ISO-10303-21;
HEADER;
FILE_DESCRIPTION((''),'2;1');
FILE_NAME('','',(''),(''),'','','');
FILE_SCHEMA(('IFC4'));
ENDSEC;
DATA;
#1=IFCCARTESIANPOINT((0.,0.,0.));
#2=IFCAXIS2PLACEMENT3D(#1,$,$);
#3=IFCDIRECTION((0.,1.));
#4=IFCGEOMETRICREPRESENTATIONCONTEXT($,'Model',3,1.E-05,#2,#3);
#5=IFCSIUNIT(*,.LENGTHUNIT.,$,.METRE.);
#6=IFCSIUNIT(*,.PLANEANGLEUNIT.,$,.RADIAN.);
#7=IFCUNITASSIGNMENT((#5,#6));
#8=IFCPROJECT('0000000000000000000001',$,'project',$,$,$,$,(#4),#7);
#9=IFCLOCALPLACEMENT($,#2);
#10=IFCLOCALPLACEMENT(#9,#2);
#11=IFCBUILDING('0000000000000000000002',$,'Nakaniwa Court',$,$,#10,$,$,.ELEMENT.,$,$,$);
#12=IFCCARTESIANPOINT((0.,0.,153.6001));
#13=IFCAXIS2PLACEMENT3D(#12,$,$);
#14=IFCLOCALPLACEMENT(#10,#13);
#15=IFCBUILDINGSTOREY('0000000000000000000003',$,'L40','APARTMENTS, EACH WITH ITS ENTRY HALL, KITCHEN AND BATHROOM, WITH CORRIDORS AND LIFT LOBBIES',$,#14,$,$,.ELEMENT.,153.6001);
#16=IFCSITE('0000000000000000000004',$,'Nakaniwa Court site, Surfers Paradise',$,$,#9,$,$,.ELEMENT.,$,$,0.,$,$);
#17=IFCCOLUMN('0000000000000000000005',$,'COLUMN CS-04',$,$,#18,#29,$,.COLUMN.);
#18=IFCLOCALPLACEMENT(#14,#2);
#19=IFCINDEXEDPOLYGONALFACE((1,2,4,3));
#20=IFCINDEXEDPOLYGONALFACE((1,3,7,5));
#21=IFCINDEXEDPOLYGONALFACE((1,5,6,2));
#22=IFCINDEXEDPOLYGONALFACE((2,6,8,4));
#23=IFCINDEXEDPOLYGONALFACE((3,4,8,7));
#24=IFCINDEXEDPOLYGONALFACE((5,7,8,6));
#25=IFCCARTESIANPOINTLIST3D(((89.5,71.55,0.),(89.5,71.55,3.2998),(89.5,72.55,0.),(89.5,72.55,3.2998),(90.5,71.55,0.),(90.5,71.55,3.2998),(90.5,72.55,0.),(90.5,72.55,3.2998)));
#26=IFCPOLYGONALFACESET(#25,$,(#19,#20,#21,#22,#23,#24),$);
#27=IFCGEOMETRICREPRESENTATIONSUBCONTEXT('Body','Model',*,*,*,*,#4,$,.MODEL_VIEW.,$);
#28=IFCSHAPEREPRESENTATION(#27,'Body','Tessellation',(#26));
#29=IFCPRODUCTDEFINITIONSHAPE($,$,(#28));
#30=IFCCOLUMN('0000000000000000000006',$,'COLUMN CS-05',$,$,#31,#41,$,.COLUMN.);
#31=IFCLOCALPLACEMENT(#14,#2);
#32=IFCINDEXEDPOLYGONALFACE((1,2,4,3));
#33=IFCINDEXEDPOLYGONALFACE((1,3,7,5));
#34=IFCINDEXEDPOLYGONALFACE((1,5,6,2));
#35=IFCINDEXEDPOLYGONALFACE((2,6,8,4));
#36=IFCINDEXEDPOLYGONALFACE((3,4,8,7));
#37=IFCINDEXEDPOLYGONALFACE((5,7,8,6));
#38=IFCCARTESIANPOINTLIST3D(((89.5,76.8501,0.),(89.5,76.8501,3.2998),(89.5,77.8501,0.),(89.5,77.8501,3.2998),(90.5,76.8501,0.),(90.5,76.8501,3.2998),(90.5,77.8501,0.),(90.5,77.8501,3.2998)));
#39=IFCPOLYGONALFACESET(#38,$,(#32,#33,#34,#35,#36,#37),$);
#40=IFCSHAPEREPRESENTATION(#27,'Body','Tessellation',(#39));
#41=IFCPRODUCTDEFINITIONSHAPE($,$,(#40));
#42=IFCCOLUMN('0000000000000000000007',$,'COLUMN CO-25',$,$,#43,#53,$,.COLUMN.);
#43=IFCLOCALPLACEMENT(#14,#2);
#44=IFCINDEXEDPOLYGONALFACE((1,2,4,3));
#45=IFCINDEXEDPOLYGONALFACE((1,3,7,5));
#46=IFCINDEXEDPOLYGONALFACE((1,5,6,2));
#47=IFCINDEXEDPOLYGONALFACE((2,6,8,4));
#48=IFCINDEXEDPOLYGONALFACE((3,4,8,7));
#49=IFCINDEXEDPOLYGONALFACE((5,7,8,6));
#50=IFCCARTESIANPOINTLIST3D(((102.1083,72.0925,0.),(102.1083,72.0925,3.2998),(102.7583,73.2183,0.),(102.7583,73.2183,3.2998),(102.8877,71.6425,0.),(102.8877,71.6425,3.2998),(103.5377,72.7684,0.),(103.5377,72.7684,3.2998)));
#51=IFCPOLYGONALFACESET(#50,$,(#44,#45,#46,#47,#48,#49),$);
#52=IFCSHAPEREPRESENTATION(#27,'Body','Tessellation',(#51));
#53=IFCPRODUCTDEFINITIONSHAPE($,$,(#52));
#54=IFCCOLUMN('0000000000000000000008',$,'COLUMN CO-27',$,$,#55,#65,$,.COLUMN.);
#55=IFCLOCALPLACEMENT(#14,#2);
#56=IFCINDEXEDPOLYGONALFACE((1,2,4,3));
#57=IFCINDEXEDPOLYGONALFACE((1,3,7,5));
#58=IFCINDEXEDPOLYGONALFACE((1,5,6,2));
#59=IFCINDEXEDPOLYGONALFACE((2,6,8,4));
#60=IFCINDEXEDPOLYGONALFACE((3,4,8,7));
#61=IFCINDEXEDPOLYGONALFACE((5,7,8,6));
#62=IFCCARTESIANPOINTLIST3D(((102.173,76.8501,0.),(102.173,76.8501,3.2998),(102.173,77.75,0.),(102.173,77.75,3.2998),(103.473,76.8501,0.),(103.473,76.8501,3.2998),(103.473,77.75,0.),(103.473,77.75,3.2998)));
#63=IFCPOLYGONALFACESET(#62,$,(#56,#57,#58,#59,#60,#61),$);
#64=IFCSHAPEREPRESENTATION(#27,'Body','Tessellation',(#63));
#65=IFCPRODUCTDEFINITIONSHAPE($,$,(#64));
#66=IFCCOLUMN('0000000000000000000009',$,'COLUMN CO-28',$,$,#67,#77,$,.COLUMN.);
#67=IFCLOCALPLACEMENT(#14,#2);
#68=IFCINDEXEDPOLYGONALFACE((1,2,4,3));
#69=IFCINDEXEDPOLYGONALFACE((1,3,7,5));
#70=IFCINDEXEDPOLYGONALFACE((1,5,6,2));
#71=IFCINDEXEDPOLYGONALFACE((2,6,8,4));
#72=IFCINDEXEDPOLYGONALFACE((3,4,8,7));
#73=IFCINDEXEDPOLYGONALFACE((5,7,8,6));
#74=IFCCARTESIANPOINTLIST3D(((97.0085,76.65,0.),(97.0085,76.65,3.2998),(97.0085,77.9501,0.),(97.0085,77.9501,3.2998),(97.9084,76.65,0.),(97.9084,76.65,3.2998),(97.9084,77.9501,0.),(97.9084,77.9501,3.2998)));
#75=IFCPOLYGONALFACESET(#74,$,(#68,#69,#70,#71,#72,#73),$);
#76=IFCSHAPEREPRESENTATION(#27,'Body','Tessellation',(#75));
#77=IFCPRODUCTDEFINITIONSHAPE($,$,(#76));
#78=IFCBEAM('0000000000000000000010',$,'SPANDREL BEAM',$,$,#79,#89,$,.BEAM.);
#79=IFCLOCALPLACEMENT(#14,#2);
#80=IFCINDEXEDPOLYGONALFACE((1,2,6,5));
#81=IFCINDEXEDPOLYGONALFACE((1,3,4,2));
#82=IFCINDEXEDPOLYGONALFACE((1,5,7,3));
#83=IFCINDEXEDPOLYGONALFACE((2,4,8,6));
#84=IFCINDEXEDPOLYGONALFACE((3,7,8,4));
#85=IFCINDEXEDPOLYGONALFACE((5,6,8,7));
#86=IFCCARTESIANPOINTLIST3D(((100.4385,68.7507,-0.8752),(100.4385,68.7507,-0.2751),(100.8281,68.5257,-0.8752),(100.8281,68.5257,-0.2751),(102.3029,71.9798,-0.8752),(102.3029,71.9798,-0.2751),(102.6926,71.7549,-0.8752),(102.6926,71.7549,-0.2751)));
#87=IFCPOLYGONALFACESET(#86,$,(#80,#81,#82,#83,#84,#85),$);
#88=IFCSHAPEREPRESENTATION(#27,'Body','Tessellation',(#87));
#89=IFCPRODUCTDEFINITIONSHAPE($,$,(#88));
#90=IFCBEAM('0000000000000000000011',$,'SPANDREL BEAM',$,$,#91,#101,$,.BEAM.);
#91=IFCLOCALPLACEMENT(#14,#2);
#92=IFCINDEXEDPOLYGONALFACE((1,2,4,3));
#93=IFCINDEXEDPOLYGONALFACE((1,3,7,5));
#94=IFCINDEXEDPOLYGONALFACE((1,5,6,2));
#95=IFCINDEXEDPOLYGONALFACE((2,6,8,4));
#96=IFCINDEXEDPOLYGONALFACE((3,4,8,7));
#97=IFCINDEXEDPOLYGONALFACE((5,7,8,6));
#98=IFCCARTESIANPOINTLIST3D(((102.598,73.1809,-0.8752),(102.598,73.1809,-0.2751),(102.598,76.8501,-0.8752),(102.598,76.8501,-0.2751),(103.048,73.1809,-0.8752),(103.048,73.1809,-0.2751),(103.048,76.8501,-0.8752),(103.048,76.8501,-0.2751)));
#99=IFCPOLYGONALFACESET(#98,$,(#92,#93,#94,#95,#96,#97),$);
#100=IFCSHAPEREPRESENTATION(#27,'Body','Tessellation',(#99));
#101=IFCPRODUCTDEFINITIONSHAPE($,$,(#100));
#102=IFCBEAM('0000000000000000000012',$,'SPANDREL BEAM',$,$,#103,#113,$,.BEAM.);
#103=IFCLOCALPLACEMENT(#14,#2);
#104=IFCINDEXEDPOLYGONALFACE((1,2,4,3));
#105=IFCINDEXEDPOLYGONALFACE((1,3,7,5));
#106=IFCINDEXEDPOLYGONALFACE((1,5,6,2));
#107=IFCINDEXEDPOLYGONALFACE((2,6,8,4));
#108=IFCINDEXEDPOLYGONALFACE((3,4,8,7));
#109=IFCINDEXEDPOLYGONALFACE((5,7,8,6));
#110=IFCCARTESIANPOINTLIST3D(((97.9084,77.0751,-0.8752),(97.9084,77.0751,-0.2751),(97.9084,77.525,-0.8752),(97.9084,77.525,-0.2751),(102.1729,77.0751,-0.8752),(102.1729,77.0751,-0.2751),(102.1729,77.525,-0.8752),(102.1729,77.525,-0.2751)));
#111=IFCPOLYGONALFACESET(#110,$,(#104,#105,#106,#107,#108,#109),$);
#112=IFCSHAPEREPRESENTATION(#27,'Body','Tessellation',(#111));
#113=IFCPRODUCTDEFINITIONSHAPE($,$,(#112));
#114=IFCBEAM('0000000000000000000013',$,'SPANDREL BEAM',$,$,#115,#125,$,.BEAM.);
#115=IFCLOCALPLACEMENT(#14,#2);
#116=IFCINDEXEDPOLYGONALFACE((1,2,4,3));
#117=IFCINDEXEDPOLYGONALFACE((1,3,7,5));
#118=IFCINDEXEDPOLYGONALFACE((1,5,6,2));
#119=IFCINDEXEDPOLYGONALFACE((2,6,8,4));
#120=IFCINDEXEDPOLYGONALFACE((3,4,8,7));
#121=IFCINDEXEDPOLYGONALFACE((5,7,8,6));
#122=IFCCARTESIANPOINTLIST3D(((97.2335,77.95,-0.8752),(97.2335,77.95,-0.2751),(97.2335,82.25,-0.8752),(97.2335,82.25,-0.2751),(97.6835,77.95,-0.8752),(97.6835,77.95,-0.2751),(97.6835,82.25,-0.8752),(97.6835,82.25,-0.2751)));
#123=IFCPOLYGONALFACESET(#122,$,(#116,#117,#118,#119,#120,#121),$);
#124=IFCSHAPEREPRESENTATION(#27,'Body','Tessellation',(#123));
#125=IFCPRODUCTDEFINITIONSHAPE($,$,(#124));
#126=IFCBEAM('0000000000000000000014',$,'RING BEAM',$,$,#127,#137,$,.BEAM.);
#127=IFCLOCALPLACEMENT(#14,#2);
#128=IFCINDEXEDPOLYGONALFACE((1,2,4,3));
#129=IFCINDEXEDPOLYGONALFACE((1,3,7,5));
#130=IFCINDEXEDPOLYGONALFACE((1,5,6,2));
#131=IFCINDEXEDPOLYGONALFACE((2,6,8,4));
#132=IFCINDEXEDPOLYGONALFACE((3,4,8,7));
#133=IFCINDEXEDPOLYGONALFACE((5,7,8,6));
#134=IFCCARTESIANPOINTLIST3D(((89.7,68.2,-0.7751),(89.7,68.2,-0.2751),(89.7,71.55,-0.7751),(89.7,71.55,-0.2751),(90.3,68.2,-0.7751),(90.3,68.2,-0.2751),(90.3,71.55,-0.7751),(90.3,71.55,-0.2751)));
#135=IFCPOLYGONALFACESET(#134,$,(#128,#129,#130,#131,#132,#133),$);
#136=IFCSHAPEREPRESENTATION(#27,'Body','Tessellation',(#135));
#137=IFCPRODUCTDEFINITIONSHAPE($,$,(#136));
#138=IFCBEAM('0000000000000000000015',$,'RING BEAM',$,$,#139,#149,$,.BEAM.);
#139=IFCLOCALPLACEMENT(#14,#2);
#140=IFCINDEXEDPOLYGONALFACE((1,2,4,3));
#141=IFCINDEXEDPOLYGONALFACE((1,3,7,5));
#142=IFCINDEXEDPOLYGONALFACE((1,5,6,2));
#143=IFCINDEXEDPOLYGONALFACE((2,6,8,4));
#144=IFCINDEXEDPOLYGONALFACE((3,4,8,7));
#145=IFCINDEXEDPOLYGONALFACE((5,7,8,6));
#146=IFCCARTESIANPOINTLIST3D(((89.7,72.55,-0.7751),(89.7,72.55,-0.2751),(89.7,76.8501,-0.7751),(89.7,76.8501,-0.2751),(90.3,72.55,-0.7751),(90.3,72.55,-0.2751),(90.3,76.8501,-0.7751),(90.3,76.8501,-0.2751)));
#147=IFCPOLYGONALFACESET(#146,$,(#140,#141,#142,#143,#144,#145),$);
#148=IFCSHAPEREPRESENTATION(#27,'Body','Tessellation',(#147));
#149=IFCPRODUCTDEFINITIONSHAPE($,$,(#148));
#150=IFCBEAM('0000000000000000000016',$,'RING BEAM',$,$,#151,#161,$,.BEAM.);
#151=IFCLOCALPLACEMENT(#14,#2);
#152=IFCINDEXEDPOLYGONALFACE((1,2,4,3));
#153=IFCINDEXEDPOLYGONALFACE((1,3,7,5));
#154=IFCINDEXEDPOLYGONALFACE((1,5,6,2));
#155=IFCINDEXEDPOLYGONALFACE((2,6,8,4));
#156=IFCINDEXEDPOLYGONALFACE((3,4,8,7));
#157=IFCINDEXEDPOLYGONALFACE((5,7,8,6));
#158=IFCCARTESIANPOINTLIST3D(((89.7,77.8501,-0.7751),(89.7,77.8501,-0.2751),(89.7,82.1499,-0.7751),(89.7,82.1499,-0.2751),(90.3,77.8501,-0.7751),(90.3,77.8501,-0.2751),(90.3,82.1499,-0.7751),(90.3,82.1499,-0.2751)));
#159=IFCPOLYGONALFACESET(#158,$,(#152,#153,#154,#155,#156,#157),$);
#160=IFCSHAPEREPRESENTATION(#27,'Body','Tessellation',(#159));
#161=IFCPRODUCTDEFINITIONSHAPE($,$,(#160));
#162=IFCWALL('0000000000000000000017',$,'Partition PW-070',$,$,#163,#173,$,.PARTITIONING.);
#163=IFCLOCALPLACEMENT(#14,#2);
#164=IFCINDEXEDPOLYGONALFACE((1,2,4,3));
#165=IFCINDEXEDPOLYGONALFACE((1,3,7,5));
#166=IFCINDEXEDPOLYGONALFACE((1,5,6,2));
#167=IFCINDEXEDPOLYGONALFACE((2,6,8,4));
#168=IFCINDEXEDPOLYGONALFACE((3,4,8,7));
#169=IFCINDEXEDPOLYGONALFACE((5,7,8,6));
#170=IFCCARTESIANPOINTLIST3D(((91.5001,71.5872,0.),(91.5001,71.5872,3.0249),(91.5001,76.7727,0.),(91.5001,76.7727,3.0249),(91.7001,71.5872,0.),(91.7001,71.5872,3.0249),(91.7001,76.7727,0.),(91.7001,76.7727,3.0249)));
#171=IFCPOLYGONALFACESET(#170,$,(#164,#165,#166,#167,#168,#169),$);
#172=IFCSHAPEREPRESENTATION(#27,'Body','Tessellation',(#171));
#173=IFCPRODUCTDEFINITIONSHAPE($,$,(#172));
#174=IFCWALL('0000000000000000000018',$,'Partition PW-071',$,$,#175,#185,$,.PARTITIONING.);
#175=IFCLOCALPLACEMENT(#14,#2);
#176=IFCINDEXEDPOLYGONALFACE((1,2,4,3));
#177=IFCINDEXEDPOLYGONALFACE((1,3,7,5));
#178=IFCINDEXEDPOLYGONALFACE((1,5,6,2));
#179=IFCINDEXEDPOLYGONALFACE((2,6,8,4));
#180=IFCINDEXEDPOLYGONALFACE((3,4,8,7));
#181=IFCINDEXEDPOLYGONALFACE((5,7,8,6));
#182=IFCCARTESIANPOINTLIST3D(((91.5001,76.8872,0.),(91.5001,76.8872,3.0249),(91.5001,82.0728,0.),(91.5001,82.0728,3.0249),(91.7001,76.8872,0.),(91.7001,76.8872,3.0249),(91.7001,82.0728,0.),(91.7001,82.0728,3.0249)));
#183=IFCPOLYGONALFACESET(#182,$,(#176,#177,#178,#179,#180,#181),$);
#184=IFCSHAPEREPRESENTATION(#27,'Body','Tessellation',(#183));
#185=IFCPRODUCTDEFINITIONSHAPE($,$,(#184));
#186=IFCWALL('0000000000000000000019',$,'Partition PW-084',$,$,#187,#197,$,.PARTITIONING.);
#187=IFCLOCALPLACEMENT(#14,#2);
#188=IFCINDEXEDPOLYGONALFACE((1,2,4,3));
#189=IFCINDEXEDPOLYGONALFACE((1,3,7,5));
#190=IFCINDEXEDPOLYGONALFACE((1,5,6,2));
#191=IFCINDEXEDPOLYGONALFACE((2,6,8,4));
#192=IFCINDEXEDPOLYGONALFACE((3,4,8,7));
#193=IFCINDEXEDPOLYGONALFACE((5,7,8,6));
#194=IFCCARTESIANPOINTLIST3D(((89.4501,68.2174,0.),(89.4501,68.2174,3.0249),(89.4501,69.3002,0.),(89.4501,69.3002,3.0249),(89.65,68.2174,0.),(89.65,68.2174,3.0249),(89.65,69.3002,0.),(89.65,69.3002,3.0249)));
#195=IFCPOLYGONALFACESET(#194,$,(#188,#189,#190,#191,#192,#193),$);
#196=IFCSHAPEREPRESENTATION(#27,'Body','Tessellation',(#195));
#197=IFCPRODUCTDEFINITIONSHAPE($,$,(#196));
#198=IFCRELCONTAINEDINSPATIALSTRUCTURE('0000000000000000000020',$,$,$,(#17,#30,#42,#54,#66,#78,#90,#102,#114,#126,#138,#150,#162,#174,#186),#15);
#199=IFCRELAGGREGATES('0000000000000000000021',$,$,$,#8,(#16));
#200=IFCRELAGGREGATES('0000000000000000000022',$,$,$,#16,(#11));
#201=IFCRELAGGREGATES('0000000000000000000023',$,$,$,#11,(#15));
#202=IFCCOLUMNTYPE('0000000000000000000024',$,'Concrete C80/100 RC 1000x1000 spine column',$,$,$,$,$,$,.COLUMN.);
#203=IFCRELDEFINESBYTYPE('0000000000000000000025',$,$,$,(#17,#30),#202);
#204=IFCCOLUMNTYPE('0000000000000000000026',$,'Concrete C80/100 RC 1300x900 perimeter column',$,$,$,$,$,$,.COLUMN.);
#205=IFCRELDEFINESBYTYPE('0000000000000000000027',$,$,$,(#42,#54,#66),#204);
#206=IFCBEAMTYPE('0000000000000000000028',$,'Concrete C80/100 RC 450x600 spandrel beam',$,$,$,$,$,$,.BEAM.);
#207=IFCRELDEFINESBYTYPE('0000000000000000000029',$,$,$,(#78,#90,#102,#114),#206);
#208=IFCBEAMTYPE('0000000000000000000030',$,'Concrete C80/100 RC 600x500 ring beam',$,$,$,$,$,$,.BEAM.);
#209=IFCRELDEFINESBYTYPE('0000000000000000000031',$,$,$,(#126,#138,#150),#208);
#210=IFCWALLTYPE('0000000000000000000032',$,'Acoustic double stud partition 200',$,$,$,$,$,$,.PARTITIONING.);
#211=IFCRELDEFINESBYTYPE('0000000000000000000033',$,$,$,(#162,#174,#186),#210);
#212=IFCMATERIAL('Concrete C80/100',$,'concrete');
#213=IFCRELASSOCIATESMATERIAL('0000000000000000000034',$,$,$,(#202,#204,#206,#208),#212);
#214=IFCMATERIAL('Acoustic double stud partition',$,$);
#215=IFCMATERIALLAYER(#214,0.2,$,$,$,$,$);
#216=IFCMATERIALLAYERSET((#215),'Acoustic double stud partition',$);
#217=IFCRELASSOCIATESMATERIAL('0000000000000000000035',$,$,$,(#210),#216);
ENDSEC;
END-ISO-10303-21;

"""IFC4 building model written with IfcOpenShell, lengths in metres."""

from ifc_helpers import new_model, si_unit, direction, frame, frame_2d, origin, origin_2d, place, context, subcontext, project, spatial, rectangle, extrude, material, layer, layer_set, material_profile, profile_set, type_object, element, save


model = new_model("IFC4")

# Units and contexts
model_context = context("Model", 3, precision=1e-05, world=origin(), true_north=direction((0.0, 1.0)))
body_context = subcontext(model_context, "Body", "Model", "MODEL_VIEW")
ifc_project = project(units=[si_unit("LENGTHUNIT", "METRE"), si_unit("PLANEANGLEUNIT", "RADIAN")], contexts=[model_context])

# Site, building, storey
site_placement = place(None, origin())
site = spatial("IfcSite", under=ifc_project, at=site_placement, Name="Nakaniwa Court site, Surfers Paradise", CompositionType="ELEMENT", RefElevation=0.0)
building_placement = place(site_placement, origin())
building = spatial("IfcBuilding", under=site, at=building_placement, Name="Nakaniwa Court", CompositionType="ELEMENT")
storey_placement = place(building_placement, frame((0.0, 0.0, 153.6001)))
storey = spatial("IfcBuildingStorey", under=building, at=storey_placement, Name="L40", Description="APARTMENTS, EACH WITH ITS ENTRY HALL, KITCHEN AND BATHROOM, WITH CORRIDORS AND LIFT LOBBIES", CompositionType="ELEMENT", Elevation=153.6001)

# Columns
ifc_material_1 = material(Name="Concrete C80/100", Category="concrete")
ifc_material_profile_1 = material_profile(ifc_material_1, rectangle(XDim=1.0, YDim=1.0, at=origin_2d()), Name="Concrete C80/100 RC 1000x1000 spine column")
ifc_profile_set_1 = profile_set([ifc_material_profile_1], Name="Concrete C80/100")
column_type_1 = type_object("IfcColumnType", Name="Concrete C80/100 RC 1000x1000 spine column", PredefinedType="COLUMN", material=ifc_profile_set_1)
for number, where, z_axis, x_axis, name in (
    (1, (90.0, 72.05, 0.0), (0.0, 0.0, 1.0), (0.0, 1.0, 0.0), "COLUMN CS-04"),
    (2, (90.0, 77.3501, 0.0), (0.0, 0.0, 1.0), (0.0, 1.0, 0.0), "COLUMN CS-05"),
):
    element("IfcColumn", number, at=place(storey_placement, frame(where, z_axis=z_axis, x_axis=x_axis)), inside=storey, type_object=column_type_1, Name=name, PredefinedType="COLUMN", context=body_context, shape_type="SweptSolid", body=[
        extrude(rectangle(XDim=1.0, YDim=1.0, at=origin_2d()), origin(), (0.0, 0.0, 1.0), 3.2998),
    ])
ifc_material_profile_2 = material_profile(ifc_material_1, rectangle(XDim=1.3, YDim=0.8999, at=origin_2d()), Name="Concrete C80/100 RC 1300x900 perimeter column")
ifc_profile_set_2 = profile_set([ifc_material_profile_2], Name="Concrete C80/100")
column_type_2 = type_object("IfcColumnType", Name="Concrete C80/100 RC 1300x900 perimeter column", PredefinedType="COLUMN", material=ifc_profile_set_2)
for number, where, z_axis, x_axis, name in (
    (3, (102.823, 72.4304, 0.0), (0.0, 0.0, 1.0), (0.5, 0.866025, 0.0), "COLUMN CO-25"),
    (4, (102.823, 77.3, 0.0), (0.0, 0.0, 1.0), (-1.0, 0.0, 0.0), "COLUMN CO-27"),
    (5, (97.4585, 77.3, 0.0), (0.0, 0.0, 1.0), (0.0, 1.0, 0.0), "COLUMN CO-28"),
):
    element("IfcColumn", number, at=place(storey_placement, frame(where, z_axis=z_axis, x_axis=x_axis)), inside=storey, type_object=column_type_2, Name=name, PredefinedType="COLUMN", context=body_context, shape_type="SweptSolid", body=[
        extrude(rectangle(XDim=1.3, YDim=0.8999, at=origin_2d()), origin(), (0.0, 0.0, 1.0), 3.2998),
    ])

# Beams
ifc_material_profile_3 = material_profile(ifc_material_1, rectangle(XDim=0.45, YDim=0.6001, at=origin_2d()), Name="Concrete C80/100 RC 450x600 spandrel beam")
ifc_profile_set_3 = profile_set([ifc_material_profile_3], Name="Concrete C80/100")
beam_type_1 = type_object("IfcBeamType", Name="Concrete C80/100 RC 450x600 spandrel beam", PredefinedType="BEAM", material=ifc_profile_set_3)
beam_1_placement = place(storey_placement, frame((100.6333, 68.6382, -0.5752), z_axis=(0.500019, 0.866014, 0.0), x_axis=(-0.866014, 0.500019, 0.0)))
element("IfcBeam", 6, at=beam_1_placement, inside=storey, type_object=beam_type_1, Name="SPANDREL BEAM", PredefinedType="BEAM", context=body_context, shape_type="SweptSolid", body=[
    extrude(rectangle(XDim=0.45, YDim=0.6001, at=origin_2d()), origin(), (0.0, 0.0, 1.0), 3.7288),
])
beam_2_placement = place(storey_placement, frame((102.823, 73.1809, -0.5752), z_axis=(0.0, 1.0, 0.0), x_axis=(-1.0, 0.0, 0.0)))
element("IfcBeam", 7, at=beam_2_placement, inside=storey, type_object=beam_type_1, Name="SPANDREL BEAM", PredefinedType="BEAM", context=body_context, shape_type="SweptSolid", body=[
    extrude(rectangle(XDim=0.45, YDim=0.6001, at=origin_2d()), origin(), (0.0, 0.0, 1.0), 3.6692),
])
beam_3_placement = place(storey_placement, frame((102.1729, 77.3, -0.5752), z_axis=(-1.0, 0.0, 0.0), x_axis=(0.0, -1.0, 0.0)))
element("IfcBeam", 8, at=beam_3_placement, inside=storey, type_object=beam_type_1, Name="SPANDREL BEAM", PredefinedType="BEAM", context=body_context, shape_type="SweptSolid", body=[
    extrude(rectangle(XDim=0.45, YDim=0.6001, at=origin_2d()), origin(), (0.0, 0.0, 1.0), 4.2644),
])
beam_4_placement = place(storey_placement, frame((97.4585, 77.95, -0.5752), z_axis=(0.0, 1.0, 0.0), x_axis=(-1.0, 0.0, 0.0)))
element("IfcBeam", 9, at=beam_4_placement, inside=storey, type_object=beam_type_1, Name="SPANDREL BEAM", PredefinedType="BEAM", context=body_context, shape_type="SweptSolid", body=[
    extrude(rectangle(XDim=0.45, YDim=0.6001, at=origin_2d()), origin(), (0.0, 0.0, 1.0), 4.3),
])
ifc_material_profile_4 = material_profile(ifc_material_1, rectangle(XDim=0.6001, YDim=0.5, at=origin_2d()), Name="Concrete C80/100 RC 600x500 ring beam")
ifc_profile_set_4 = profile_set([ifc_material_profile_4], Name="Concrete C80/100")
beam_type_2 = type_object("IfcBeamType", Name="Concrete C80/100 RC 600x500 ring beam", PredefinedType="BEAM", material=ifc_profile_set_4)
beam_5_placement = place(storey_placement, frame((90.0, 68.2, -0.5251), z_axis=(0.0, 1.0, 0.0), x_axis=(-1.0, 0.0, 0.0)))
element("IfcBeam", 10, at=beam_5_placement, inside=storey, type_object=beam_type_2, Name="RING BEAM", PredefinedType="BEAM", context=body_context, shape_type="SweptSolid", body=[
    extrude(rectangle(XDim=0.6001, YDim=0.5, at=origin_2d()), origin(), (0.0, 0.0, 1.0), 3.3501),
])
beam_6_placement = place(storey_placement, frame((90.0, 72.55, -0.5251), z_axis=(0.0, 1.0, 0.0), x_axis=(-1.0, 0.0, 0.0)))
element("IfcBeam", 11, at=beam_6_placement, inside=storey, type_object=beam_type_2, Name="RING BEAM", PredefinedType="BEAM", context=body_context, shape_type="SweptSolid", body=[
    extrude(rectangle(XDim=0.6001, YDim=0.5, at=origin_2d()), origin(), (0.0, 0.0, 1.0), 4.3),
])
beam_7_placement = place(storey_placement, frame((90.0, 77.8501, -0.5251), z_axis=(0.0, 1.0, 0.0), x_axis=(-1.0, 0.0, 0.0)))
element("IfcBeam", 12, at=beam_7_placement, inside=storey, type_object=beam_type_2, Name="RING BEAM", PredefinedType="BEAM", context=body_context, shape_type="SweptSolid", body=[
    extrude(rectangle(XDim=0.6001, YDim=0.5, at=origin_2d()), origin(), (0.0, 0.0, 1.0), 4.2998),
])

# Walls
ifc_material_2 = material(Name="Acoustic double stud partition")
ifc_layer_1 = layer(ifc_material_2, 0.2)
ifc_layer_set_1 = layer_set([ifc_layer_1], Name="Acoustic double stud partition")
wall_type_1 = type_object("IfcWallType", Name="Acoustic double stud partition 200", PredefinedType="PARTITIONING", material=ifc_layer_set_1)
for number, where, z_axis, x_axis, name in (
    (13, (91.6001, 71.5872, 0.0), (0.0, 0.0, 1.0), (0.0, 1.0, 0.0), "Partition PW-070"),
    (14, (91.6001, 76.8872, 0.0), (0.0, 0.0, 1.0), (0.0, 1.0, 0.0), "Partition PW-071"),
):
    element("IfcWall", number, at=place(storey_placement, frame(where, z_axis=z_axis, x_axis=x_axis)), inside=storey, type_object=wall_type_1, Name=name, PredefinedType="PARTITIONING", context=body_context, shape_type="SweptSolid", body=[
        extrude(rectangle(XDim=5.1855, YDim=0.2, at=frame_2d((2.5928, 0.0))), origin(), (0.0, 0.0, 1.0), 3.0249),
    ])
wall_1_placement = place(storey_placement, frame((89.55, 68.2173, 0.0), z_axis=(0.0, 0.0, 1.0), x_axis=(0.0, 1.0, 0.0)))
element("IfcWall", 15, at=wall_1_placement, inside=storey, type_object=wall_type_1, Name="Partition PW-084", PredefinedType="PARTITIONING", context=body_context, shape_type="SweptSolid", body=[
    extrude(rectangle(XDim=1.0828, YDim=0.2, at=frame_2d((0.5415, 0.0))), origin(), (0.0, 0.0, 1.0), 3.0249),
])

save(model, "model.ifc")
